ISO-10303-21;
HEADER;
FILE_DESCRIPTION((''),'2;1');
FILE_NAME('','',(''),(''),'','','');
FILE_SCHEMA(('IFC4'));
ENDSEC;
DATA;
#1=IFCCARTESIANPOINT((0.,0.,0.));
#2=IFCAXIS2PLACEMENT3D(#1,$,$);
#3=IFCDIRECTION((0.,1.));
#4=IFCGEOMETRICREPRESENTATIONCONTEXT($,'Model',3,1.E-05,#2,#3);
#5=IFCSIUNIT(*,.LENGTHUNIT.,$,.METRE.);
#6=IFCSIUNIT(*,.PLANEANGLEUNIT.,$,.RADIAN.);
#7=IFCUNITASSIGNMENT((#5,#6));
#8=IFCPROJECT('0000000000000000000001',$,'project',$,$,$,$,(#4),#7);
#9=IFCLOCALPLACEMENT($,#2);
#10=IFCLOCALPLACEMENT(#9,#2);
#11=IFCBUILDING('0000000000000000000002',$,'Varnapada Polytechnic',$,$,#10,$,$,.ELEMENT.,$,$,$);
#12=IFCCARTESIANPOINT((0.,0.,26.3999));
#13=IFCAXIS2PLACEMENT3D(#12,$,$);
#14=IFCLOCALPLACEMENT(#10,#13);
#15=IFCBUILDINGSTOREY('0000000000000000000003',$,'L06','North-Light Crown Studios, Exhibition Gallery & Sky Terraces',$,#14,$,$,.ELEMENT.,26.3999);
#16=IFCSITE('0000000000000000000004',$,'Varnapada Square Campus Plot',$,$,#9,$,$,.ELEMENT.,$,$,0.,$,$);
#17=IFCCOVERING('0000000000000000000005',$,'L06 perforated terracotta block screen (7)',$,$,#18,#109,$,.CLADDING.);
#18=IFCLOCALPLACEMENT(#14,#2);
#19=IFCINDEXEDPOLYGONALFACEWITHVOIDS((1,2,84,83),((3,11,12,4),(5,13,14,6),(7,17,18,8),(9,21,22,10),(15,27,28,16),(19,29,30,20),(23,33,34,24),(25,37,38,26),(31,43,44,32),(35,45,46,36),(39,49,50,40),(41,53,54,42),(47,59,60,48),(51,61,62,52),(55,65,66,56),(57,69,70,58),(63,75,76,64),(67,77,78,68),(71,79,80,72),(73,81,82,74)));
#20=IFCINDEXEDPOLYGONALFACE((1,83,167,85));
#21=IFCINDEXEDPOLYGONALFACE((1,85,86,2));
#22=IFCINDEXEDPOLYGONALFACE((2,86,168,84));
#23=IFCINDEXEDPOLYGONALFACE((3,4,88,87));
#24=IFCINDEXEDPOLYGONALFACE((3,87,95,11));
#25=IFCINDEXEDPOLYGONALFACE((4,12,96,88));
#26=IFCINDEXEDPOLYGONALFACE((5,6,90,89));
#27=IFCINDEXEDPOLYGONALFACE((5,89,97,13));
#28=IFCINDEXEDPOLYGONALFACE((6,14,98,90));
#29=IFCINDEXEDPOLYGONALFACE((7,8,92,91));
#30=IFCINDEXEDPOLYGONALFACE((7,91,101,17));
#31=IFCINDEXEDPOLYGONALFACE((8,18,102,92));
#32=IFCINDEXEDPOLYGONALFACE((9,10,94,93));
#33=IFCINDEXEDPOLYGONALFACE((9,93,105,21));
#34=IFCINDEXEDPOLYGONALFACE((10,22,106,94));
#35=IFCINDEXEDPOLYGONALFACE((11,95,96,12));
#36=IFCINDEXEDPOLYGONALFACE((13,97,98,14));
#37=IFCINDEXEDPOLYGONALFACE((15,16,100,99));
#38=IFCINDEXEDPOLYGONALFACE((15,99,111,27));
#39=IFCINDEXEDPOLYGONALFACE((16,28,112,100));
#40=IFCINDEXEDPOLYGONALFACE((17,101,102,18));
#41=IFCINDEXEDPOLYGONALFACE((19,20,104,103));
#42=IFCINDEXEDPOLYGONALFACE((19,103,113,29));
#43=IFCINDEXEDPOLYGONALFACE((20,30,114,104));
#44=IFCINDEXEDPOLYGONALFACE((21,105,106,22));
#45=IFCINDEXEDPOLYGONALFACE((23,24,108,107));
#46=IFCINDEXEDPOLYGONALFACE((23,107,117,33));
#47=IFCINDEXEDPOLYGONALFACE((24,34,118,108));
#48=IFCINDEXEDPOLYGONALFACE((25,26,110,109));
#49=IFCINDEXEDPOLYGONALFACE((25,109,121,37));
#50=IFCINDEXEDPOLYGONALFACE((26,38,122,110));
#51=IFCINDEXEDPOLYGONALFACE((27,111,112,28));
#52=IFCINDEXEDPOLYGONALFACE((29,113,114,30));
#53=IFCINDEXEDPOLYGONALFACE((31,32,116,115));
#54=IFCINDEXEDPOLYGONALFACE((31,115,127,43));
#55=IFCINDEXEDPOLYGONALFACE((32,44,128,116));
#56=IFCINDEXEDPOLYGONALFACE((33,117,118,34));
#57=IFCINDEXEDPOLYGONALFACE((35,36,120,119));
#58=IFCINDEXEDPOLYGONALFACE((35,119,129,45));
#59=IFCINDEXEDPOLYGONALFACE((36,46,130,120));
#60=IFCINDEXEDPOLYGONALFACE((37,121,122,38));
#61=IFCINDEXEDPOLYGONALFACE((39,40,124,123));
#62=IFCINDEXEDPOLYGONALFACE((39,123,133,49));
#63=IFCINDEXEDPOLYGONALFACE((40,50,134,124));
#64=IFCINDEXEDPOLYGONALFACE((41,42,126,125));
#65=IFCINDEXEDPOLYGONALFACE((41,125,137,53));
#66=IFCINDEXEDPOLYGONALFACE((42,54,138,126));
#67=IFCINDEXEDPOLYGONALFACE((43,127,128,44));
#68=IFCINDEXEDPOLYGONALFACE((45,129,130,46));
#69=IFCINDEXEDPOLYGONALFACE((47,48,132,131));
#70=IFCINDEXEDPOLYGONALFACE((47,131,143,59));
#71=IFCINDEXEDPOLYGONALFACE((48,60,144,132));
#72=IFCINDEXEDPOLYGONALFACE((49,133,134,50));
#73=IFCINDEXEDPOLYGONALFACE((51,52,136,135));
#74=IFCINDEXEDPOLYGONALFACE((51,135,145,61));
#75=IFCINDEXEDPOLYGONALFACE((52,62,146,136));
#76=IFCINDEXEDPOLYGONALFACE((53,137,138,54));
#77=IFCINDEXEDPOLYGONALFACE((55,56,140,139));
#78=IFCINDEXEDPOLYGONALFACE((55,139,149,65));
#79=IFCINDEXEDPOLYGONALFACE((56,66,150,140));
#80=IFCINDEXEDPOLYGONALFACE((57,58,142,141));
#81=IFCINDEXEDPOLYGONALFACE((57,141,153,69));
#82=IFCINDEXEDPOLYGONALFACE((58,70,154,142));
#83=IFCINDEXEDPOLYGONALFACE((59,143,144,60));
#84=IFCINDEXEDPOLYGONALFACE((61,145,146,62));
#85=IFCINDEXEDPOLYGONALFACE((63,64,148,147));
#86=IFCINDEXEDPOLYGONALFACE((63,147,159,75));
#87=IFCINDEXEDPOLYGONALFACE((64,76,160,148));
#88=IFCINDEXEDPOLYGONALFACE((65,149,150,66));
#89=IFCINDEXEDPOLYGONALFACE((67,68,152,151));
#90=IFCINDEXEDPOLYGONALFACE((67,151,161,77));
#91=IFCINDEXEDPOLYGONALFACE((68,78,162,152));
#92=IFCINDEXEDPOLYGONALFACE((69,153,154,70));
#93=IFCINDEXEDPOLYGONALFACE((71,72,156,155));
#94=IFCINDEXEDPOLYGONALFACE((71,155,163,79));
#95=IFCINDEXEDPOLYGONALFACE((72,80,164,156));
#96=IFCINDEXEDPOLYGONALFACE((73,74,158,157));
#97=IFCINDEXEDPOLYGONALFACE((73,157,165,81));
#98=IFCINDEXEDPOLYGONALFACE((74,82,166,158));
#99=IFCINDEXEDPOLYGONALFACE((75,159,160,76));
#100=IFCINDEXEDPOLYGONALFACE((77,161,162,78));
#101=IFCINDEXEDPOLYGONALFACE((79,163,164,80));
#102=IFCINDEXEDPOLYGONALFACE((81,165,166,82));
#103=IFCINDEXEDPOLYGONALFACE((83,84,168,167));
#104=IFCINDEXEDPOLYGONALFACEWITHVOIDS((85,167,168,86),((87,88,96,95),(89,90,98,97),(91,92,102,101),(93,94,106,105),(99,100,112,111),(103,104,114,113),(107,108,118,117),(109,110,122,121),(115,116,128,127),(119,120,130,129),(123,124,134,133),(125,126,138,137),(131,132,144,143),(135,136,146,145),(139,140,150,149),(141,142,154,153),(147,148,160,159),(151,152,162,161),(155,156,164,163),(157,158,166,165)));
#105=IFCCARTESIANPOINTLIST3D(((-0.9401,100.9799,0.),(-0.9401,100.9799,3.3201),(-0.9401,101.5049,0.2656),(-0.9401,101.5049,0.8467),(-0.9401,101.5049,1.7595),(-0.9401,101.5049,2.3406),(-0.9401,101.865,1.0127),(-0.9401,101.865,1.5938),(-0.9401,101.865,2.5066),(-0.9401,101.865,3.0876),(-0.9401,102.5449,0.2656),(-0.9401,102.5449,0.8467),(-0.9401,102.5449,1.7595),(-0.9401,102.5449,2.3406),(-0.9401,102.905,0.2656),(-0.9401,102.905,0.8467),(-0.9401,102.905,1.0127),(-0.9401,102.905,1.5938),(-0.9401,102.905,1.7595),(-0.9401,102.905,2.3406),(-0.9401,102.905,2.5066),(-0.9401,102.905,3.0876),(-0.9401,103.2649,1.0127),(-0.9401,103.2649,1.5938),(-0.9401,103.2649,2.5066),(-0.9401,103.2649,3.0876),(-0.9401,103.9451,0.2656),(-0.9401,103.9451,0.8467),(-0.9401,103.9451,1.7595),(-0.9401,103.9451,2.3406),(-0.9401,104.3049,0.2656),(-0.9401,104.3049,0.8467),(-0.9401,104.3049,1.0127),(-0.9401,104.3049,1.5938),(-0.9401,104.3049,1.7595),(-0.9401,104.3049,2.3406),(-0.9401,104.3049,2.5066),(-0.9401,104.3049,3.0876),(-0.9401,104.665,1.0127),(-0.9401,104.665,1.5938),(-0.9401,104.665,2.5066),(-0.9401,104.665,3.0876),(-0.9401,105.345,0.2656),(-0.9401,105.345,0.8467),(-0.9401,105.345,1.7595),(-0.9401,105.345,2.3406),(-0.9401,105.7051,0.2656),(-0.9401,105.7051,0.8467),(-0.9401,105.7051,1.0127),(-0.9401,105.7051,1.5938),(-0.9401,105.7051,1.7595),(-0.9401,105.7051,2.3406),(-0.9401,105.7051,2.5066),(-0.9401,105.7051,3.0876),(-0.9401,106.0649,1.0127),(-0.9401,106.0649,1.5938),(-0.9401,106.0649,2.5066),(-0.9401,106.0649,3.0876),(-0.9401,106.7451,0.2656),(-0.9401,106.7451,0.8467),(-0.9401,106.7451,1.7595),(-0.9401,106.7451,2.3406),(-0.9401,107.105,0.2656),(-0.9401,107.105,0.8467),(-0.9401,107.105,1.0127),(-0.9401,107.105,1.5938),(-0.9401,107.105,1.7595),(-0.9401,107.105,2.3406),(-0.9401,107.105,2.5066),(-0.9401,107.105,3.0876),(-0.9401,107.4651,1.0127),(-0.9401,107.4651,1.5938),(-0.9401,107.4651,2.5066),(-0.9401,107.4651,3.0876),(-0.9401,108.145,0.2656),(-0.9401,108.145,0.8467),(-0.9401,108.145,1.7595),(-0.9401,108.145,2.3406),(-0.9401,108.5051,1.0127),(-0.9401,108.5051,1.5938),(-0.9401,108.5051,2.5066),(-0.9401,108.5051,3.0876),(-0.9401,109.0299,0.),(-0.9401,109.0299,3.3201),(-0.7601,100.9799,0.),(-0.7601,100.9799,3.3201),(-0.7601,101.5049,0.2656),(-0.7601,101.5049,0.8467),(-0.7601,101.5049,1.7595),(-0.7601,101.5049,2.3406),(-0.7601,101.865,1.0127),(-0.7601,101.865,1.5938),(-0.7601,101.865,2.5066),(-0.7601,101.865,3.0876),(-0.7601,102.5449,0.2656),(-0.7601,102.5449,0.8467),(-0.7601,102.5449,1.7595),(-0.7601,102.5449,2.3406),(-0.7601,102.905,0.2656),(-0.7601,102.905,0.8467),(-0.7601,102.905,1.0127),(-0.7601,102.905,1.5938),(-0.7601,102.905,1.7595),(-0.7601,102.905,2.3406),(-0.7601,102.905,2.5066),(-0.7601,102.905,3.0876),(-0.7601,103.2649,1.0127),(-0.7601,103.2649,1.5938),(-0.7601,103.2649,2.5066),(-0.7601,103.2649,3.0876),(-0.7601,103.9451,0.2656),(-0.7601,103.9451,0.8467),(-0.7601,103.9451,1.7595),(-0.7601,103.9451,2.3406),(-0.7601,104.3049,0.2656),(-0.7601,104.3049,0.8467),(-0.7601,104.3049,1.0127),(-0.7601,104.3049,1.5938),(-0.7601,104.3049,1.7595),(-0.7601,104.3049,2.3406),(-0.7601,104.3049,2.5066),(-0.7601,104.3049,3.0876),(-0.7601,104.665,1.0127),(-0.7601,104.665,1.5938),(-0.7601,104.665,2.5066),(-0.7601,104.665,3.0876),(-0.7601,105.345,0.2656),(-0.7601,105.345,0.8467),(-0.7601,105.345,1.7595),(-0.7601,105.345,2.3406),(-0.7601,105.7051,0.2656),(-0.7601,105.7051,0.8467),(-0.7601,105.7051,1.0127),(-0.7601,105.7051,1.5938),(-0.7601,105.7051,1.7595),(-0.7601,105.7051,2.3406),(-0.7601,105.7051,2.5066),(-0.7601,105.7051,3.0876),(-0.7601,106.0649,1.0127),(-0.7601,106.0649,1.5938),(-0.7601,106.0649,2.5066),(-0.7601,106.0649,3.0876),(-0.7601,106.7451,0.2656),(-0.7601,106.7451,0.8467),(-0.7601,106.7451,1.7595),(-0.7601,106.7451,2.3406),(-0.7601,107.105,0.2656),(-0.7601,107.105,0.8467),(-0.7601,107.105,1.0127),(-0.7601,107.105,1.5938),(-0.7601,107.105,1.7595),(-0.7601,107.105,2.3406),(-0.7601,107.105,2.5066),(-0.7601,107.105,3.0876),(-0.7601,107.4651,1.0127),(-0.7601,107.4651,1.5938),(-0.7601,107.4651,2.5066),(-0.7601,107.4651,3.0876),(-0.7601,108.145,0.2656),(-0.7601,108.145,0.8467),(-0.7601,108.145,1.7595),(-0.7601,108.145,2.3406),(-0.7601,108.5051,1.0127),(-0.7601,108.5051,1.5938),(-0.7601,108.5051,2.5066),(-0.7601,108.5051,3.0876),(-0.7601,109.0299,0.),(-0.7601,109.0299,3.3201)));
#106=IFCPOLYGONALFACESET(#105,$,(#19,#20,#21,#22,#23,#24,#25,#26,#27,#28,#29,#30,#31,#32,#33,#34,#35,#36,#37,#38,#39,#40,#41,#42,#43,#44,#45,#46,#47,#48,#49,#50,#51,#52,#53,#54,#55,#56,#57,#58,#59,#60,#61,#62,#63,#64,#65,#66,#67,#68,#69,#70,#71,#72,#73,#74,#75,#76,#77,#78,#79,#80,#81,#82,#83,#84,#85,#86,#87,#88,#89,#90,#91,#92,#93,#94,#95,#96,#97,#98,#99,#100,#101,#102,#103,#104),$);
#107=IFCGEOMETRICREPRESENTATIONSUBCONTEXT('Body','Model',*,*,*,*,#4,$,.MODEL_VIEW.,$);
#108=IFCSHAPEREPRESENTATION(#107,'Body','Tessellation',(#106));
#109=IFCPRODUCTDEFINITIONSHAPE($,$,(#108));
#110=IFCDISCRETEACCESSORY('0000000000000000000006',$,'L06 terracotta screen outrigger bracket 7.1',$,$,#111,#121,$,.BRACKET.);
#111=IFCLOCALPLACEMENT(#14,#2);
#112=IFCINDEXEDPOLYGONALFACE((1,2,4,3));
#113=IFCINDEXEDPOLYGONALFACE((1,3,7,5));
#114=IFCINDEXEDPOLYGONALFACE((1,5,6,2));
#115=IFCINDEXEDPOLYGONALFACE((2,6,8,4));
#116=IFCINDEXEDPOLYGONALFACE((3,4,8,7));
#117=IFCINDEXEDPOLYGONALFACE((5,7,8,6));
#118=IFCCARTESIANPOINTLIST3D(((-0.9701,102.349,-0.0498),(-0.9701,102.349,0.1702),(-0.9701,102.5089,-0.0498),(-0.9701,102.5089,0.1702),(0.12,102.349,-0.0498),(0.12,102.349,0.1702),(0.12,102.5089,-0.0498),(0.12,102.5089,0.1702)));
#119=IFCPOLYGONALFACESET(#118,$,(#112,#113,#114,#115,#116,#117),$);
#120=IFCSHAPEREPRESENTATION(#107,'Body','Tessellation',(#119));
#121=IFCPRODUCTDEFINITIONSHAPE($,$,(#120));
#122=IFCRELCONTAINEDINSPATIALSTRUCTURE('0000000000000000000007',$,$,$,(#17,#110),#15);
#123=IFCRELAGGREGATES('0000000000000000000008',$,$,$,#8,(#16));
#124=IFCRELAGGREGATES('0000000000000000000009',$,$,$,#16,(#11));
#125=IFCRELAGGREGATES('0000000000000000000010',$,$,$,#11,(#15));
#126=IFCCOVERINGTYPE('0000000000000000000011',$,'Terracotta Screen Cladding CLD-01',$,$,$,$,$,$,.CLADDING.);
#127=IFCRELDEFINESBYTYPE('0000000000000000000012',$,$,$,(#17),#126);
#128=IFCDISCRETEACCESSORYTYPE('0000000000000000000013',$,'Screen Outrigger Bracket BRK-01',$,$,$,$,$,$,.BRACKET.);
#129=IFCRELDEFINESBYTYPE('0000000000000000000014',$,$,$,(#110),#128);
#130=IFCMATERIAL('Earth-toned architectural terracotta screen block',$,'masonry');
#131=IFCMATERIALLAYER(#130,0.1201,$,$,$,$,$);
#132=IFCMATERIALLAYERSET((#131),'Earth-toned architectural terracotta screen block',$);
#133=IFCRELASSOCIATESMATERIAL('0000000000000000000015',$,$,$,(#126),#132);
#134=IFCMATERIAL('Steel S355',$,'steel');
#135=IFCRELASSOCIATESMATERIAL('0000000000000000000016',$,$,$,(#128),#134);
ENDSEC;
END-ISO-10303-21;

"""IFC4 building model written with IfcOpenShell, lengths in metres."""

from ifc_helpers import new_model, si_unit, direction, frame, frame_2d, origin, origin_2d, place, context, subcontext, project, spatial, rectangle, extrude, material, layer, layer_set, type_object, element, save


model = new_model("IFC4")

# Units and contexts
model_context = context("Model", 3, precision=1e-05, world=origin(), true_north=direction((0.0, 1.0)))
body_context = subcontext(model_context, "Body", "Model", "MODEL_VIEW")
ifc_project = project(units=[si_unit("LENGTHUNIT", "METRE"), si_unit("PLANEANGLEUNIT", "RADIAN")], contexts=[model_context])

# Site, building, storey
site_placement = place(None, origin())
site = spatial("IfcSite", under=ifc_project, at=site_placement, Name="Varnapada Square Campus Plot", CompositionType="ELEMENT", RefElevation=0.0)
building_placement = place(site_placement, origin())
building = spatial("IfcBuilding", under=site, at=building_placement, Name="Varnapada Polytechnic", CompositionType="ELEMENT")
storey_placement = place(building_placement, frame((0.0, 0.0, 26.3999)))
storey = spatial("IfcBuildingStorey", under=building, at=storey_placement, Name="L06", Description="North-Light Crown Studios, Exhibition Gallery & Sky Terraces", CompositionType="ELEMENT", Elevation=26.3999)

# Covering, openings
ifc_material_1 = material(Name="Earth-toned architectural terracotta screen block", Category="masonry")
ifc_layer_1 = layer(ifc_material_1, 0.1201)
ifc_layer_set_1 = layer_set([ifc_layer_1], Name="Earth-toned architectural terracotta screen block")
covering_type_1 = type_object("IfcCoveringType", Name="Terracotta Screen Cladding CLD-01", PredefinedType="CLADDING", material=ifc_layer_set_1)
covering_1_placement = place(storey_placement, frame((-0.8501, 100.98, 0.0), z_axis=(0.0, 0.0, 1.0), x_axis=(0.0, 1.0, 0.0)))
covering_1 = element("IfcCovering", 1, at=covering_1_placement, inside=storey, type_object=covering_type_1, Name="L06 perforated terracotta block screen (7)", PredefinedType="CLADDING", context=body_context, shape_type="SweptSolid", body=[
    extrude(rectangle(XDim=8.05, YDim=0.1799, at=frame_2d((4.0249, 0.0))), origin(), (0.0, 0.0, 1.0), 3.3201),
])
opening_1_placement = place(covering_1_placement, frame((0.5249, 0.0, 0.2656)))
element("IfcOpeningElement", 2, at=opening_1_placement, cuts=covering_1, PredefinedType="OPENING", context=body_context, shape_type="SweptSolid", body=[
    extrude(rectangle(XDim=1.04, YDim=0.5811, at=frame_2d((0.52, 0.2905))), frame((0.0, 0.0999, 0.0), z_axis=(0.0, -1.0, 0.0), x_axis=(1.0, 0.0, 0.0)), (0.0, 0.0, 1.0), 0.2),
])
opening_2_placement = place(covering_1_placement, frame((1.925, 0.0, 0.2656)))
element("IfcOpeningElement", 3, at=opening_2_placement, cuts=covering_1, PredefinedType="OPENING", context=body_context, shape_type="SweptSolid", body=[
    extrude(rectangle(XDim=1.04, YDim=0.5811, at=frame_2d((0.52, 0.2905))), frame((0.0, 0.0999, 0.0), z_axis=(0.0, -1.0, 0.0), x_axis=(1.0, 0.0, 0.0)), (0.0, 0.0, 1.0), 0.2),
])
opening_3_placement = place(covering_1_placement, frame((3.325, 0.0, 0.2656)))
element("IfcOpeningElement", 4, at=opening_3_placement, cuts=covering_1, PredefinedType="OPENING", context=body_context, shape_type="SweptSolid", body=[
    extrude(rectangle(XDim=1.04, YDim=0.5811, at=frame_2d((0.52, 0.2905))), frame((0.0, 0.0999, 0.0), z_axis=(0.0, -1.0, 0.0), x_axis=(1.0, 0.0, 0.0)), (0.0, 0.0, 1.0), 0.2),
])
opening_4_placement = place(covering_1_placement, frame((4.7251, 0.0, 0.2656)))
element("IfcOpeningElement", 5, at=opening_4_placement, cuts=covering_1, PredefinedType="OPENING", context=body_context, shape_type="SweptSolid", body=[
    extrude(rectangle(XDim=1.04, YDim=0.5811, at=frame_2d((0.52, 0.2905))), frame((0.0, 0.0999, 0.0), z_axis=(0.0, -1.0, 0.0), x_axis=(1.0, 0.0, 0.0)), (0.0, 0.0, 1.0), 0.2),
])
opening_5_placement = place(covering_1_placement, frame((6.125, 0.0, 0.2656)))
element("IfcOpeningElement", 6, at=opening_5_placement, cuts=covering_1, PredefinedType="OPENING", context=body_context, shape_type="SweptSolid", body=[
    extrude(rectangle(XDim=1.04, YDim=0.5811, at=frame_2d((0.52, 0.2905))), frame((0.0, 0.0999, 0.0), z_axis=(0.0, -1.0, 0.0), x_axis=(1.0, 0.0, 0.0)), (0.0, 0.0, 1.0), 0.2),
])
opening_6_placement = place(covering_1_placement, frame((0.885, 0.0, 1.0127)))
element("IfcOpeningElement", 7, at=opening_6_placement, cuts=covering_1, PredefinedType="OPENING", context=body_context, shape_type="SweptSolid", body=[
    extrude(rectangle(XDim=1.04, YDim=0.5811, at=frame_2d((0.52, 0.2905))), frame((0.0, 0.0999, 0.0), z_axis=(0.0, -1.0, 0.0), x_axis=(1.0, 0.0, 0.0)), (0.0, 0.0, 1.0), 0.2),
])
opening_7_placement = place(covering_1_placement, frame((2.2849, 0.0, 1.0127)))
element("IfcOpeningElement", 8, at=opening_7_placement, cuts=covering_1, PredefinedType="OPENING", context=body_context, shape_type="SweptSolid", body=[
    extrude(rectangle(XDim=1.04, YDim=0.5811, at=frame_2d((0.52, 0.2905))), frame((0.0, 0.0999, 0.0), z_axis=(0.0, -1.0, 0.0), x_axis=(1.0, 0.0, 0.0)), (0.0, 0.0, 1.0), 0.2),
])
opening_8_placement = place(covering_1_placement, frame((3.6851, 0.0, 1.0127)))
element("IfcOpeningElement", 9, at=opening_8_placement, cuts=covering_1, PredefinedType="OPENING", context=body_context, shape_type="SweptSolid", body=[
    extrude(rectangle(XDim=1.04, YDim=0.5811, at=frame_2d((0.52, 0.2905))), frame((0.0, 0.0999, 0.0), z_axis=(0.0, -1.0, 0.0), x_axis=(1.0, 0.0, 0.0)), (0.0, 0.0, 1.0), 0.2),
])
opening_9_placement = place(covering_1_placement, frame((5.085, 0.0, 1.0127)))
element("IfcOpeningElement", 10, at=opening_9_placement, cuts=covering_1, PredefinedType="OPENING", context=body_context, shape_type="SweptSolid", body=[
    extrude(rectangle(XDim=1.04, YDim=0.5811, at=frame_2d((0.52, 0.2905))), frame((0.0, 0.0999, 0.0), z_axis=(0.0, -1.0, 0.0), x_axis=(1.0, 0.0, 0.0)), (0.0, 0.0, 1.0), 0.2),
])
opening_10_placement = place(covering_1_placement, frame((6.4851, 0.0, 1.0127)))
element("IfcOpeningElement", 11, at=opening_10_placement, cuts=covering_1, PredefinedType="OPENING", context=body_context, shape_type="SweptSolid", body=[
    extrude(rectangle(XDim=1.04, YDim=0.5811, at=frame_2d((0.52, 0.2905))), frame((0.0, 0.0999, 0.0), z_axis=(0.0, -1.0, 0.0), x_axis=(1.0, 0.0, 0.0)), (0.0, 0.0, 1.0), 0.2),
])
opening_11_placement = place(covering_1_placement, frame((0.5249, 0.0, 1.7595)))
element("IfcOpeningElement", 12, at=opening_11_placement, cuts=covering_1, PredefinedType="OPENING", context=body_context, shape_type="SweptSolid", body=[
    extrude(rectangle(XDim=1.04, YDim=0.5811, at=frame_2d((0.52, 0.2905))), frame((0.0, 0.0999, 0.0), z_axis=(0.0, -1.0, 0.0), x_axis=(1.0, 0.0, 0.0)), (0.0, 0.0, 1.0), 0.2),
])
opening_12_placement = place(covering_1_placement, frame((1.925, 0.0, 1.7595)))
element("IfcOpeningElement", 13, at=opening_12_placement, cuts=covering_1, PredefinedType="OPENING", context=body_context, shape_type="SweptSolid", body=[
    extrude(rectangle(XDim=1.04, YDim=0.5811, at=frame_2d((0.52, 0.2905))), frame((0.0, 0.0999, 0.0), z_axis=(0.0, -1.0, 0.0), x_axis=(1.0, 0.0, 0.0)), (0.0, 0.0, 1.0), 0.2),
])
opening_13_placement = place(covering_1_placement, frame((3.325, 0.0, 1.7595)))
element("IfcOpeningElement", 14, at=opening_13_placement, cuts=covering_1, PredefinedType="OPENING", context=body_context, shape_type="SweptSolid", body=[
    extrude(rectangle(XDim=1.04, YDim=0.5811, at=frame_2d((0.52, 0.2905))), frame((0.0, 0.0999, 0.0), z_axis=(0.0, -1.0, 0.0), x_axis=(1.0, 0.0, 0.0)), (0.0, 0.0, 1.0), 0.2),
])
opening_14_placement = place(covering_1_placement, frame((4.7251, 0.0, 1.7595)))
element("IfcOpeningElement", 15, at=opening_14_placement, cuts=covering_1, PredefinedType="OPENING", context=body_context, shape_type="SweptSolid", body=[
    extrude(rectangle(XDim=1.04, YDim=0.5811, at=frame_2d((0.52, 0.2905))), frame((0.0, 0.0999, 0.0), z_axis=(0.0, -1.0, 0.0), x_axis=(1.0, 0.0, 0.0)), (0.0, 0.0, 1.0), 0.2),
])
opening_15_placement = place(covering_1_placement, frame((6.125, 0.0, 1.7595)))
element("IfcOpeningElement", 16, at=opening_15_placement, cuts=covering_1, PredefinedType="OPENING", context=body_context, shape_type="SweptSolid", body=[
    extrude(rectangle(XDim=1.04, YDim=0.5811, at=frame_2d((0.52, 0.2905))), frame((0.0, 0.0999, 0.0), z_axis=(0.0, -1.0, 0.0), x_axis=(1.0, 0.0, 0.0)), (0.0, 0.0, 1.0), 0.2),
])
opening_16_placement = place(covering_1_placement, frame((0.885, 0.0, 2.5066)))
element("IfcOpeningElement", 17, at=opening_16_placement, cuts=covering_1, PredefinedType="OPENING", context=body_context, shape_type="SweptSolid", body=[
    extrude(rectangle(XDim=1.04, YDim=0.5811, at=frame_2d((0.52, 0.2905))), frame((0.0, 0.0999, 0.0), z_axis=(0.0, -1.0, 0.0), x_axis=(1.0, 0.0, 0.0)), (0.0, 0.0, 1.0), 0.2),
])
opening_17_placement = place(covering_1_placement, frame((2.2849, 0.0, 2.5066)))
element("IfcOpeningElement", 18, at=opening_17_placement, cuts=covering_1, PredefinedType="OPENING", context=body_context, shape_type="SweptSolid", body=[
    extrude(rectangle(XDim=1.04, YDim=0.5811, at=frame_2d((0.52, 0.2905))), frame((0.0, 0.0999, 0.0), z_axis=(0.0, -1.0, 0.0), x_axis=(1.0, 0.0, 0.0)), (0.0, 0.0, 1.0), 0.2),
])
opening_18_placement = place(covering_1_placement, frame((3.6851, 0.0, 2.5066)))
element("IfcOpeningElement", 19, at=opening_18_placement, cuts=covering_1, PredefinedType="OPENING", context=body_context, shape_type="SweptSolid", body=[
    extrude(rectangle(XDim=1.04, YDim=0.5811, at=frame_2d((0.52, 0.2905))), frame((0.0, 0.0999, 0.0), z_axis=(0.0, -1.0, 0.0), x_axis=(1.0, 0.0, 0.0)), (0.0, 0.0, 1.0), 0.2),
])
opening_19_placement = place(covering_1_placement, frame((5.085, 0.0, 2.5066)))
element("IfcOpeningElement", 20, at=opening_19_placement, cuts=covering_1, PredefinedType="OPENING", context=body_context, shape_type="SweptSolid", body=[
    extrude(rectangle(XDim=1.04, YDim=0.5811, at=frame_2d((0.52, 0.2905))), frame((0.0, 0.0999, 0.0), z_axis=(0.0, -1.0, 0.0), x_axis=(1.0, 0.0, 0.0)), (0.0, 0.0, 1.0), 0.2),
])
opening_20_placement = place(covering_1_placement, frame((6.4851, 0.0, 2.5066)))
element("IfcOpeningElement", 21, at=opening_20_placement, cuts=covering_1, PredefinedType="OPENING", context=body_context, shape_type="SweptSolid", body=[
    extrude(rectangle(XDim=1.04, YDim=0.5811, at=frame_2d((0.52, 0.2905))), frame((0.0, 0.0999, 0.0), z_axis=(0.0, -1.0, 0.0), x_axis=(1.0, 0.0, 0.0)), (0.0, 0.0, 1.0), 0.2),
])

# Discrete accessory
ifc_material_2 = material(Name="Steel S355", Category="steel")
discrete_accessory_type = type_object("IfcDiscreteAccessoryType", Name="Screen Outrigger Bracket BRK-01", PredefinedType="BRACKET", material=ifc_material_2)
discrete_accessory_placement = place(storey_placement, frame((-0.425, 102.429, -0.0498), z_axis=(0.0, 0.0, 1.0), x_axis=(0.0, 1.0, 0.0)))
element("IfcDiscreteAccessory", 22, at=discrete_accessory_placement, inside=storey, type_object=discrete_accessory_type, Name="L06 terracotta screen outrigger bracket 7.1", PredefinedType="BRACKET", context=body_context, shape_type="SweptSolid", body=[
    extrude(rectangle(XDim=0.1599, YDim=1.0901, at=origin_2d()), origin(), (0.0, 0.0, 1.0), 0.22),
])

save(model, "model.ifc")
